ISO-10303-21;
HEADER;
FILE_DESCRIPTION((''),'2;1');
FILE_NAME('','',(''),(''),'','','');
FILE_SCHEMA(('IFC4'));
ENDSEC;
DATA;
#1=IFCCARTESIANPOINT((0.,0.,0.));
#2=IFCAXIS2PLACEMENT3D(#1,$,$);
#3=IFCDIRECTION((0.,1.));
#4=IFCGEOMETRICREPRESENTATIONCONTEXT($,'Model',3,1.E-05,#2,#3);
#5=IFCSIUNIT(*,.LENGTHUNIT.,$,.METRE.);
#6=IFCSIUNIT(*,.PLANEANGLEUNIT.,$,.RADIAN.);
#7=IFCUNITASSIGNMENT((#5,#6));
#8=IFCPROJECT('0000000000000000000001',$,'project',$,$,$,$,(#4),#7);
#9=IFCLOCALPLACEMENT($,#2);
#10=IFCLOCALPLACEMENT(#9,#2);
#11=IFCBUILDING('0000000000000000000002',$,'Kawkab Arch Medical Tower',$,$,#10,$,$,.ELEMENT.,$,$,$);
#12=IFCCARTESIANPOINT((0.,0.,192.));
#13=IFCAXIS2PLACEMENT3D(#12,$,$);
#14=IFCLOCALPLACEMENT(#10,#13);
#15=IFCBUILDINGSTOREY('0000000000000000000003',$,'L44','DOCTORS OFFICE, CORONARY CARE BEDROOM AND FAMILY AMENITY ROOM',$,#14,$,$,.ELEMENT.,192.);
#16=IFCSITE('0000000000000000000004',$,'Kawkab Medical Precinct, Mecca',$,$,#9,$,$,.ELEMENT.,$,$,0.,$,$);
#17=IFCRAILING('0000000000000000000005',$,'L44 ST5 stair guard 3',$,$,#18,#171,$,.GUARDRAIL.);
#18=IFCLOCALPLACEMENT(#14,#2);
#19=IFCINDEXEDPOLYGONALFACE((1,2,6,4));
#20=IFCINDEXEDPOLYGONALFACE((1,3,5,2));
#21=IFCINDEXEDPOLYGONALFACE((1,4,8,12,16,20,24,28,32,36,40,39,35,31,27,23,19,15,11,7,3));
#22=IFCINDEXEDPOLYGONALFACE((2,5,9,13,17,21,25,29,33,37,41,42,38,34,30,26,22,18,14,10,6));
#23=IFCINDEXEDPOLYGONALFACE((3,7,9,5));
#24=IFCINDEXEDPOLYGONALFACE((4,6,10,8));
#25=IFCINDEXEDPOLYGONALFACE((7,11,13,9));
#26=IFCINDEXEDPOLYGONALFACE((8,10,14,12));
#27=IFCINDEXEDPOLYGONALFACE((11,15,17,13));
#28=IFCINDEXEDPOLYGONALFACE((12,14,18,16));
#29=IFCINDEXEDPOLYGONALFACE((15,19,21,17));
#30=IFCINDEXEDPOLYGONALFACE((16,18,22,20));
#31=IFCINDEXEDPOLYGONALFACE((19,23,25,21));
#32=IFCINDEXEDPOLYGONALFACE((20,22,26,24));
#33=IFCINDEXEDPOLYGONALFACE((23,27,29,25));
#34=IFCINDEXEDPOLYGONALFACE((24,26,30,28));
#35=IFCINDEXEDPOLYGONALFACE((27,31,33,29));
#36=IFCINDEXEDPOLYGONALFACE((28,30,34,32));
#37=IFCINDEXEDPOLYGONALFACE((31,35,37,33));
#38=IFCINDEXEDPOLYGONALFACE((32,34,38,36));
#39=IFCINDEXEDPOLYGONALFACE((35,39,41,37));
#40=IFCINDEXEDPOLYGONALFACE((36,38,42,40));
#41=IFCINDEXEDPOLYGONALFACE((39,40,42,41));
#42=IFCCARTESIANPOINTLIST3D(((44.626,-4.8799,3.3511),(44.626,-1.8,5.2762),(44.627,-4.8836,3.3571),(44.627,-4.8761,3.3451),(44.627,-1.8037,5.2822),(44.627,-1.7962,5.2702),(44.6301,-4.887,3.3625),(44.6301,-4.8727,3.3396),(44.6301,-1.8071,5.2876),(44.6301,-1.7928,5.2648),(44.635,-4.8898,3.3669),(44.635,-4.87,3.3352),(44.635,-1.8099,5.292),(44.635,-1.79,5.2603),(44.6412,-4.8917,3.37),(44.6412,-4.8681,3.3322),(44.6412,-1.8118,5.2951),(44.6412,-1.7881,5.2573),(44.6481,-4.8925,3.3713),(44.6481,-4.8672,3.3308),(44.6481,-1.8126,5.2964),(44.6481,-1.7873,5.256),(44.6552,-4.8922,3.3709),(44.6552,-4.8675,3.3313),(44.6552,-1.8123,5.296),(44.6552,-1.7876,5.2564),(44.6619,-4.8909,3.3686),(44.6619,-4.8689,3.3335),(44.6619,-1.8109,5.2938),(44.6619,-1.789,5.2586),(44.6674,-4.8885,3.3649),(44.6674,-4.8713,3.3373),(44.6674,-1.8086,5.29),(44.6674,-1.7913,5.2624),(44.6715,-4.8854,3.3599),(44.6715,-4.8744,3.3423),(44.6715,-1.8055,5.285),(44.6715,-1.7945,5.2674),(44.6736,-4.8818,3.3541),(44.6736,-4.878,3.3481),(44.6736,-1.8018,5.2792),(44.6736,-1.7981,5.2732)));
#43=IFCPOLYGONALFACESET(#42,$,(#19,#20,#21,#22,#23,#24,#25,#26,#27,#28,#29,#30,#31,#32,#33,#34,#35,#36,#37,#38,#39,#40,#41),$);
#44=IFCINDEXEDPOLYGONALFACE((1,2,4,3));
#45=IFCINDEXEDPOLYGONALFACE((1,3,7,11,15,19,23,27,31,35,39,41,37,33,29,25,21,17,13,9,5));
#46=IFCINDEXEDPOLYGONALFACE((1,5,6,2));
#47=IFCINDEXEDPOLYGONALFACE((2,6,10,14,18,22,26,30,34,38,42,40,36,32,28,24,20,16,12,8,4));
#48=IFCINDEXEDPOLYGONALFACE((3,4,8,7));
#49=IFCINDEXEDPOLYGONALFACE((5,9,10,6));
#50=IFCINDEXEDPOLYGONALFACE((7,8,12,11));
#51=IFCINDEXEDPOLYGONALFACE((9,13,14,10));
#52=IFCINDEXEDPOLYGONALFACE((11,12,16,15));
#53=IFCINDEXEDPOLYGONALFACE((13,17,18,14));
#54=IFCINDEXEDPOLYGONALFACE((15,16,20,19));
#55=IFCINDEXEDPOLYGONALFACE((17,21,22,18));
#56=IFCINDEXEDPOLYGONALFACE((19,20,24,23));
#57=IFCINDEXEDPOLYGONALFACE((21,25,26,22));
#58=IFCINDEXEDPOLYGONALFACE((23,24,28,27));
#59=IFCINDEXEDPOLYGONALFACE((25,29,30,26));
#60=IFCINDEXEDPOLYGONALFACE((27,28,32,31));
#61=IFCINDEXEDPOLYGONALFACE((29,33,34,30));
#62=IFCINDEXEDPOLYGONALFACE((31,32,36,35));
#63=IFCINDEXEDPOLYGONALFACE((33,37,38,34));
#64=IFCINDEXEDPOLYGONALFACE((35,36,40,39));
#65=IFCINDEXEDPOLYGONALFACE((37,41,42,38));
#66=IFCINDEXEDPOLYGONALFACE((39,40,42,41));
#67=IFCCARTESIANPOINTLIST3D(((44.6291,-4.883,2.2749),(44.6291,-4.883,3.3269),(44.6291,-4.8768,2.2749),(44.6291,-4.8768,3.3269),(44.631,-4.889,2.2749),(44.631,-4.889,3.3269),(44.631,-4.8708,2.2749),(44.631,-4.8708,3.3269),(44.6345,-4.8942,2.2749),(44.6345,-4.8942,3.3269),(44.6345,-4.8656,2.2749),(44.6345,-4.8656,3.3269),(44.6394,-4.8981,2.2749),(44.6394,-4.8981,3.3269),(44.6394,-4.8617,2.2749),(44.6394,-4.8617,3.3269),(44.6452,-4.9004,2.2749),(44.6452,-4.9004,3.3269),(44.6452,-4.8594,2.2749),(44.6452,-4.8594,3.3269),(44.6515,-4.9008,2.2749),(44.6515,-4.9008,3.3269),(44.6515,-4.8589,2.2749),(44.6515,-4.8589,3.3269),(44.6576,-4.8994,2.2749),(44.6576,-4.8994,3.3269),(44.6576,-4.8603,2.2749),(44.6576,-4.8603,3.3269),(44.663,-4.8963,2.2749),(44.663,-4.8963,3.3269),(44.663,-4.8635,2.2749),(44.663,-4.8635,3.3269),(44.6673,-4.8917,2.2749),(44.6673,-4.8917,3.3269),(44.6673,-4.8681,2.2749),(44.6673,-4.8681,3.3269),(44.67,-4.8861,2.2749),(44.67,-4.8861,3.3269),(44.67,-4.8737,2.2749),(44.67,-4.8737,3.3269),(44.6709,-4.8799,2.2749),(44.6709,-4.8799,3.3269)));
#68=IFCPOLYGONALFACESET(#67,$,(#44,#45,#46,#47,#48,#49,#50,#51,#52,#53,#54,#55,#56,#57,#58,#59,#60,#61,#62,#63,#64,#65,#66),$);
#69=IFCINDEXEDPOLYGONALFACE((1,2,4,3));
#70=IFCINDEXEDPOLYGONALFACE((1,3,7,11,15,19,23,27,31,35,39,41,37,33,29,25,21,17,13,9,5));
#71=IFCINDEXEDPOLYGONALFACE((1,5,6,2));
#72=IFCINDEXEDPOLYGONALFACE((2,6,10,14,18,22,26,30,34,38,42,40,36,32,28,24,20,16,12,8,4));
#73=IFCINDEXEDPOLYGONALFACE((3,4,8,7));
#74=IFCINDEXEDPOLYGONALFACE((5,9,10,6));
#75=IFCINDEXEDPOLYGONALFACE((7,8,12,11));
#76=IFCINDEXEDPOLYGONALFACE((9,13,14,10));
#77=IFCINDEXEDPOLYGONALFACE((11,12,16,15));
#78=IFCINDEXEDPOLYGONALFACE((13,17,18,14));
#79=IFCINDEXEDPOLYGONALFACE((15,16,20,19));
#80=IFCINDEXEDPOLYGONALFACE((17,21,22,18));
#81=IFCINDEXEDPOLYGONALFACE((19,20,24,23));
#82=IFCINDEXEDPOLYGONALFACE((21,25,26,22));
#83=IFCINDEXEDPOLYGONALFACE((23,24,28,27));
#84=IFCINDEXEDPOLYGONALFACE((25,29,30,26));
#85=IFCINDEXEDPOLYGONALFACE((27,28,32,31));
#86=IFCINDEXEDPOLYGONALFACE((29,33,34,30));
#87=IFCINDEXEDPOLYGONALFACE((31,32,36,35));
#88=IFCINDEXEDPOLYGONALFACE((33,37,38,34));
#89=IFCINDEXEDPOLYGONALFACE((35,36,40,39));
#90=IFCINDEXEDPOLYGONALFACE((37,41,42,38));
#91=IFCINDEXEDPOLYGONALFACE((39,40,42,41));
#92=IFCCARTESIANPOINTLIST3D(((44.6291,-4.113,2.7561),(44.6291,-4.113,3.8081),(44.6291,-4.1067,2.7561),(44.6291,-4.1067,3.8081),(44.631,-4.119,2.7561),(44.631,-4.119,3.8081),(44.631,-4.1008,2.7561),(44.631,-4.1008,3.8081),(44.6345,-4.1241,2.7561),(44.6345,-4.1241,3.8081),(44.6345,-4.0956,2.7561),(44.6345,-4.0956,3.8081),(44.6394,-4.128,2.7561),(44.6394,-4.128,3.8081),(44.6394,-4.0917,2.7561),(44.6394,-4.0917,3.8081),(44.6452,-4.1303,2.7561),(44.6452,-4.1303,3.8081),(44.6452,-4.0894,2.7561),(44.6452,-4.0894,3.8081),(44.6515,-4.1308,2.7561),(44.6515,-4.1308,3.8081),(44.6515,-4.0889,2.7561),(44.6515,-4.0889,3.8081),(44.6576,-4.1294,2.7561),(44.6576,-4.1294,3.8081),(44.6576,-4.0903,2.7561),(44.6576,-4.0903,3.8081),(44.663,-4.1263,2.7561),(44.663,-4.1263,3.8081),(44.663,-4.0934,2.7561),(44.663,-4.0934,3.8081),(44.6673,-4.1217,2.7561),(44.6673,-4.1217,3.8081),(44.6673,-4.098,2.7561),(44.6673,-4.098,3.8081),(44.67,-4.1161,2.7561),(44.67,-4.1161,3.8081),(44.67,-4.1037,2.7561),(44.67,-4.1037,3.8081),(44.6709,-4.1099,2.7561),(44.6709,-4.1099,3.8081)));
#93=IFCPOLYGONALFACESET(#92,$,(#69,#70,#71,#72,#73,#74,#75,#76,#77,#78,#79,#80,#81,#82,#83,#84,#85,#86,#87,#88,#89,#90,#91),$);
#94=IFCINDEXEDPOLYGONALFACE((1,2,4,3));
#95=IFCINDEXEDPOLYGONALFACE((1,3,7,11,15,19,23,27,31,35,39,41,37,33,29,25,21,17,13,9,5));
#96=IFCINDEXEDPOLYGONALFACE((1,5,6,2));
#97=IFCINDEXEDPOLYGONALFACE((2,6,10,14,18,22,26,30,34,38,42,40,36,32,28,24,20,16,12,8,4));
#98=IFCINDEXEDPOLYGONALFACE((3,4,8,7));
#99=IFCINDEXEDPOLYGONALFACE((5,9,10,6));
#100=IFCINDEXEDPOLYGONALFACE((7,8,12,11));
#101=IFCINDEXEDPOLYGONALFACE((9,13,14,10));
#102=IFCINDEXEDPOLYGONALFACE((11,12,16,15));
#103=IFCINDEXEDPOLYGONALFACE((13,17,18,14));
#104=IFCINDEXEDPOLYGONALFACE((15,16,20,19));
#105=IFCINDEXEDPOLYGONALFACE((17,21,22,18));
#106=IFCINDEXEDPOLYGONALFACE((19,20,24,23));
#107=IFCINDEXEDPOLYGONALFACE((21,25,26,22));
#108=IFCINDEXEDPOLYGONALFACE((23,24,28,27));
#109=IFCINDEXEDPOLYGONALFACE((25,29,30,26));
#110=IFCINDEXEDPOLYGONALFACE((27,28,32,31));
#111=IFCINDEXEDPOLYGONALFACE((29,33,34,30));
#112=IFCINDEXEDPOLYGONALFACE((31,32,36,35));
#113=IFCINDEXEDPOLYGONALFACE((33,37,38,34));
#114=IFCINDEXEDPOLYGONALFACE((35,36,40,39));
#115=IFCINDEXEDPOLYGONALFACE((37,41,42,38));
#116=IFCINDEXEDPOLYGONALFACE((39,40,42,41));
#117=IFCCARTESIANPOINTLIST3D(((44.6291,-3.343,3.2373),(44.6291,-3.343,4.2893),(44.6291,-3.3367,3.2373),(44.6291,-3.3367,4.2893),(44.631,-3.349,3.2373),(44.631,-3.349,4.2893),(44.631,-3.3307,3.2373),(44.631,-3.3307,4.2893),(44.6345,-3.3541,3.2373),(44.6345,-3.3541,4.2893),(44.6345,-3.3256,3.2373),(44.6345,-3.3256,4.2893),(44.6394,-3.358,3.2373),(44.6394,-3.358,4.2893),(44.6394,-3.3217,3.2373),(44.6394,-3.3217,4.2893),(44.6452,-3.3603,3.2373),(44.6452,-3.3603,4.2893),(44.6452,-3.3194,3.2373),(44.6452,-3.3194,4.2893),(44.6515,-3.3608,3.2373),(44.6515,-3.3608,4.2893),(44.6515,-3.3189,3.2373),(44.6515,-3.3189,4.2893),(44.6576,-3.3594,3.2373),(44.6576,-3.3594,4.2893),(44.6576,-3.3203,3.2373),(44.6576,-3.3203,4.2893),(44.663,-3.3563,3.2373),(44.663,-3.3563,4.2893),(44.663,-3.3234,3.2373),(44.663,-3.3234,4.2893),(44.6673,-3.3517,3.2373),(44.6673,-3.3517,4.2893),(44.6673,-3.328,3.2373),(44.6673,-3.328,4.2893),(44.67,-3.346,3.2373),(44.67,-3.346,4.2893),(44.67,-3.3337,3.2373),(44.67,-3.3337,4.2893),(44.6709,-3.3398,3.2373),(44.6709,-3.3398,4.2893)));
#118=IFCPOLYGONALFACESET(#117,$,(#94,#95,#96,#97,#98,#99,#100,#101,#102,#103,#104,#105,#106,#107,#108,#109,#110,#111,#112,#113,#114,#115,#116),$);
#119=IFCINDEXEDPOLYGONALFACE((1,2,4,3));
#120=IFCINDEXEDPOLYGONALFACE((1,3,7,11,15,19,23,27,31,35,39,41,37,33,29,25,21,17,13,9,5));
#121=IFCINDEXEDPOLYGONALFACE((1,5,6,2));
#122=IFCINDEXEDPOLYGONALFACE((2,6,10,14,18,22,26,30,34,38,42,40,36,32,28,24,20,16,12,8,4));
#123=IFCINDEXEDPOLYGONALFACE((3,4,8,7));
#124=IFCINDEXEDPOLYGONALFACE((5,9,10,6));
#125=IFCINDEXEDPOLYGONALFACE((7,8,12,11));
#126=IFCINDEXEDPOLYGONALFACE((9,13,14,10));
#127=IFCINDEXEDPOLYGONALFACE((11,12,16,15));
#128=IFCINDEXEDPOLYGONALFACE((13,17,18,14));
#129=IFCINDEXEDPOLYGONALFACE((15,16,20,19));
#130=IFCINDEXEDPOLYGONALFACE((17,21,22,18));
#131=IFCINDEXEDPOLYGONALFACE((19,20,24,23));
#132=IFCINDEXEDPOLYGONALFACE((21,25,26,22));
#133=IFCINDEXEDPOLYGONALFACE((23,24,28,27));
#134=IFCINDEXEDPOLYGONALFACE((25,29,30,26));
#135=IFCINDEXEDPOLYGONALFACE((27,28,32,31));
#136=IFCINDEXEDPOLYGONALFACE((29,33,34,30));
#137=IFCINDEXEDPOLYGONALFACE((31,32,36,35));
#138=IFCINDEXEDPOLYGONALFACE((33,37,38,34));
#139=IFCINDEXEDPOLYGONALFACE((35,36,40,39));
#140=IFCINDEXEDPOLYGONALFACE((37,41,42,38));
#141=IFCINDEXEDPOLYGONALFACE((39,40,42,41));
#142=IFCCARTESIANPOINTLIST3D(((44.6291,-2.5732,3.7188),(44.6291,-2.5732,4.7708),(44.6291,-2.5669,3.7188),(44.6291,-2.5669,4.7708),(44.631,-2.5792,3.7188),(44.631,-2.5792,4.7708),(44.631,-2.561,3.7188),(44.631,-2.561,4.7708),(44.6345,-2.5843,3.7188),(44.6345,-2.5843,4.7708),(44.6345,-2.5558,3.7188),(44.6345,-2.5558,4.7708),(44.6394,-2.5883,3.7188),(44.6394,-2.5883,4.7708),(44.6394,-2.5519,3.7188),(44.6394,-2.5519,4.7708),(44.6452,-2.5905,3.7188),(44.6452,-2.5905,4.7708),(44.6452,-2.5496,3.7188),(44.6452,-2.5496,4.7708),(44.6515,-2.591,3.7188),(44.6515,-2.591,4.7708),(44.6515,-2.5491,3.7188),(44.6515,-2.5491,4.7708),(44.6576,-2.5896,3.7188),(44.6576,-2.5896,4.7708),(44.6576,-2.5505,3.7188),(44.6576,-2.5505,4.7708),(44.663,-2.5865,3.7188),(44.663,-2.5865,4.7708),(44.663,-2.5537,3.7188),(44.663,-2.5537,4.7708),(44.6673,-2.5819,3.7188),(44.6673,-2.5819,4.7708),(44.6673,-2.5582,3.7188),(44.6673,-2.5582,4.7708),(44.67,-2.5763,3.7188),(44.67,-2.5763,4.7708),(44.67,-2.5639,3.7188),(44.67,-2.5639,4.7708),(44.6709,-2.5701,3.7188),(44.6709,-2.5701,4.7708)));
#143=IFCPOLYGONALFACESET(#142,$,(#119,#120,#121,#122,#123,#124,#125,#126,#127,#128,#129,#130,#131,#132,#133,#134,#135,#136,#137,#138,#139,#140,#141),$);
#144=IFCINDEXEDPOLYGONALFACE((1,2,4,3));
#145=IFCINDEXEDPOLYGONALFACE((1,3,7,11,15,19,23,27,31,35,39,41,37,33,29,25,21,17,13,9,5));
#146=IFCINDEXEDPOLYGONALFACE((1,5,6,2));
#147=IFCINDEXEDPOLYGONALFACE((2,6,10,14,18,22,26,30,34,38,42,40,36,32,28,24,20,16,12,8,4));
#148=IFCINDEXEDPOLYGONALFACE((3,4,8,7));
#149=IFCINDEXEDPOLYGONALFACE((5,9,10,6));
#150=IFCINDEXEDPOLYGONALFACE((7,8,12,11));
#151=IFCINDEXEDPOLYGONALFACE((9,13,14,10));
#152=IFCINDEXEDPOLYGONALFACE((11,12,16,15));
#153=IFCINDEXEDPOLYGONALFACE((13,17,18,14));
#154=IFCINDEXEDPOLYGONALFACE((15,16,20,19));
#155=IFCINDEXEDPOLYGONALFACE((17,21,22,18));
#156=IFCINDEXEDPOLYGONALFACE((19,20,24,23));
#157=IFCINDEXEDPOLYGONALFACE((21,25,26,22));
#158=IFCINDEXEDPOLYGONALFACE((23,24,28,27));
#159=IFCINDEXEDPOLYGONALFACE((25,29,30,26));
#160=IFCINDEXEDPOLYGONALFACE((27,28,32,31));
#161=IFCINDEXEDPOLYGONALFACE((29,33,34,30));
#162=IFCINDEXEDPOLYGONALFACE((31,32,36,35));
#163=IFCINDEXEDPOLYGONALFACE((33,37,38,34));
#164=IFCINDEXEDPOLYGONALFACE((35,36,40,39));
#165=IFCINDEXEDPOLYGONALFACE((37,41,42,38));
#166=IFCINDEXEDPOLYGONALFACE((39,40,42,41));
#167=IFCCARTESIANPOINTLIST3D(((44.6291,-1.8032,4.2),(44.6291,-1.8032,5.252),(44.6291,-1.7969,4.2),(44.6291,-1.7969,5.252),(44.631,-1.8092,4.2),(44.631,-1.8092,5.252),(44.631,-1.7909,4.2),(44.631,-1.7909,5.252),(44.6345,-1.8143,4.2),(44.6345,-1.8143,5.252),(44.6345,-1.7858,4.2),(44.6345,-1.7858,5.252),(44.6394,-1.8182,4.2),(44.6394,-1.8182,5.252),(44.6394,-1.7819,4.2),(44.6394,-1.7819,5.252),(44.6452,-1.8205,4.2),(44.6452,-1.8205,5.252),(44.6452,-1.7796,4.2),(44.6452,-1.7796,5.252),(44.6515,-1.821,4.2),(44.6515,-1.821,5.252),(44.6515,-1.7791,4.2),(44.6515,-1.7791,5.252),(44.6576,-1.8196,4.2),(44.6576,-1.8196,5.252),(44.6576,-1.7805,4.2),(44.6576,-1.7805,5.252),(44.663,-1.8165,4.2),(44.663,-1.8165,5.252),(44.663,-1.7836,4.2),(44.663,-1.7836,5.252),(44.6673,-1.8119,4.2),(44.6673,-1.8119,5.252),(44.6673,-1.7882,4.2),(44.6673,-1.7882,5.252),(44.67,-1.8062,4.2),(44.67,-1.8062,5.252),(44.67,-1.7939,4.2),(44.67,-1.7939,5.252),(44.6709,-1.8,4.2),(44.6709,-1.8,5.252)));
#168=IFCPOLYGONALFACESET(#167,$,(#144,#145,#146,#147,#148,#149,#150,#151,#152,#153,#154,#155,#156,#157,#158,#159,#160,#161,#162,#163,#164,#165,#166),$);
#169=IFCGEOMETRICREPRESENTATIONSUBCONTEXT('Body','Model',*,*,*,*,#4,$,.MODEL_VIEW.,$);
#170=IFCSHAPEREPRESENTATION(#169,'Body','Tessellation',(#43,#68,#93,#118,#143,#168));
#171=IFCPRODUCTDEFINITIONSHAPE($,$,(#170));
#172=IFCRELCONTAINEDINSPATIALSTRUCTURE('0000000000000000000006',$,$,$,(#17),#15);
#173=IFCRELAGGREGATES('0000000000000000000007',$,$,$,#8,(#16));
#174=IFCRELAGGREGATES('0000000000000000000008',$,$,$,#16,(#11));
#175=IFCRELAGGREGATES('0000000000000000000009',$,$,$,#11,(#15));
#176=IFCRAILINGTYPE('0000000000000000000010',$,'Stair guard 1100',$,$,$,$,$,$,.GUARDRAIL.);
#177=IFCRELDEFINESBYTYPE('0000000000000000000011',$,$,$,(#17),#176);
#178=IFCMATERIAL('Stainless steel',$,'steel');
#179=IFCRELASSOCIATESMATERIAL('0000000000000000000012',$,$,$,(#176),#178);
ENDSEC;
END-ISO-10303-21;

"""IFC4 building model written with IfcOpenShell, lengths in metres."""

from ifc_helpers import new_model, si_unit, direction, frame, origin, origin_2d, place, context, subcontext, project, spatial, circle, extrude, material, type_object, element, save


model = new_model("IFC4")

# Units and contexts
model_context = context("Model", 3, precision=1e-05, world=origin(), true_north=direction((0.0, 1.0)))
body_context = subcontext(model_context, "Body", "Model", "MODEL_VIEW")
ifc_project = project(units=[si_unit("LENGTHUNIT", "METRE"), si_unit("PLANEANGLEUNIT", "RADIAN")], contexts=[model_context])

# Site, building, storey
site_placement = place(None, origin())
site = spatial("IfcSite", under=ifc_project, at=site_placement, Name="Kawkab Medical Precinct, Mecca", CompositionType="ELEMENT", RefElevation=0.0)
building_placement = place(site_placement, origin())
building = spatial("IfcBuilding", under=site, at=building_placement, Name="Kawkab Arch Medical Tower", CompositionType="ELEMENT")
storey_placement = place(building_placement, frame((0.0, 0.0, 192.0)))
storey = spatial("IfcBuildingStorey", under=building, at=storey_placement, Name="L44", Description="DOCTORS OFFICE, CORONARY CARE BEDROOM AND FAMILY AMENITY ROOM", CompositionType="ELEMENT", Elevation=192.0)

# Railing
ifc_material_1 = material(Name="Stainless steel", Category="steel")
railing_type_1 = type_object("IfcRailingType", Name="Stair guard 1100", PredefinedType="GUARDRAIL", material=ifc_material_1)
railing_1_placement = place(storey_placement, frame((44.6499, -4.8799, 2.2749)))
element("IfcRailing", 1, at=railing_1_placement, inside=storey, type_object=railing_type_1, Name="L44 ST5 stair guard 3", PredefinedType="GUARDRAIL", context=body_context, shape_type="SweptSolid", body=[
    extrude(circle(Radius=0.0239, at=origin_2d()), frame((0.0, 0.0, 1.0762), z_axis=(0.0, 0.847979, 0.530029), x_axis=(-1.0, 0.0, 0.0)), (0.0, 0.0, 1.0), 3.6321),
    extrude(circle(Radius=0.021, at=origin_2d()), origin(), (0.0, 0.0, 1.0), 1.052),
    extrude(circle(Radius=0.021, at=origin_2d()), frame((0.0, 0.77, 0.4812)), (0.0, 0.0, 1.0), 1.052),
    extrude(circle(Radius=0.021, at=origin_2d()), frame((0.0, 1.54, 0.9624)), (0.0, 0.0, 1.0), 1.052),
    extrude(circle(Radius=0.021, at=origin_2d()), frame((0.0, 2.3098, 1.4438)), (0.0, 0.0, 1.0), 1.052),
    extrude(circle(Radius=0.021, at=origin_2d()), frame((0.0, 3.0798, 1.925)), (0.0, 0.0, 1.0), 1.052),
])

save(model, "model.ifc")
